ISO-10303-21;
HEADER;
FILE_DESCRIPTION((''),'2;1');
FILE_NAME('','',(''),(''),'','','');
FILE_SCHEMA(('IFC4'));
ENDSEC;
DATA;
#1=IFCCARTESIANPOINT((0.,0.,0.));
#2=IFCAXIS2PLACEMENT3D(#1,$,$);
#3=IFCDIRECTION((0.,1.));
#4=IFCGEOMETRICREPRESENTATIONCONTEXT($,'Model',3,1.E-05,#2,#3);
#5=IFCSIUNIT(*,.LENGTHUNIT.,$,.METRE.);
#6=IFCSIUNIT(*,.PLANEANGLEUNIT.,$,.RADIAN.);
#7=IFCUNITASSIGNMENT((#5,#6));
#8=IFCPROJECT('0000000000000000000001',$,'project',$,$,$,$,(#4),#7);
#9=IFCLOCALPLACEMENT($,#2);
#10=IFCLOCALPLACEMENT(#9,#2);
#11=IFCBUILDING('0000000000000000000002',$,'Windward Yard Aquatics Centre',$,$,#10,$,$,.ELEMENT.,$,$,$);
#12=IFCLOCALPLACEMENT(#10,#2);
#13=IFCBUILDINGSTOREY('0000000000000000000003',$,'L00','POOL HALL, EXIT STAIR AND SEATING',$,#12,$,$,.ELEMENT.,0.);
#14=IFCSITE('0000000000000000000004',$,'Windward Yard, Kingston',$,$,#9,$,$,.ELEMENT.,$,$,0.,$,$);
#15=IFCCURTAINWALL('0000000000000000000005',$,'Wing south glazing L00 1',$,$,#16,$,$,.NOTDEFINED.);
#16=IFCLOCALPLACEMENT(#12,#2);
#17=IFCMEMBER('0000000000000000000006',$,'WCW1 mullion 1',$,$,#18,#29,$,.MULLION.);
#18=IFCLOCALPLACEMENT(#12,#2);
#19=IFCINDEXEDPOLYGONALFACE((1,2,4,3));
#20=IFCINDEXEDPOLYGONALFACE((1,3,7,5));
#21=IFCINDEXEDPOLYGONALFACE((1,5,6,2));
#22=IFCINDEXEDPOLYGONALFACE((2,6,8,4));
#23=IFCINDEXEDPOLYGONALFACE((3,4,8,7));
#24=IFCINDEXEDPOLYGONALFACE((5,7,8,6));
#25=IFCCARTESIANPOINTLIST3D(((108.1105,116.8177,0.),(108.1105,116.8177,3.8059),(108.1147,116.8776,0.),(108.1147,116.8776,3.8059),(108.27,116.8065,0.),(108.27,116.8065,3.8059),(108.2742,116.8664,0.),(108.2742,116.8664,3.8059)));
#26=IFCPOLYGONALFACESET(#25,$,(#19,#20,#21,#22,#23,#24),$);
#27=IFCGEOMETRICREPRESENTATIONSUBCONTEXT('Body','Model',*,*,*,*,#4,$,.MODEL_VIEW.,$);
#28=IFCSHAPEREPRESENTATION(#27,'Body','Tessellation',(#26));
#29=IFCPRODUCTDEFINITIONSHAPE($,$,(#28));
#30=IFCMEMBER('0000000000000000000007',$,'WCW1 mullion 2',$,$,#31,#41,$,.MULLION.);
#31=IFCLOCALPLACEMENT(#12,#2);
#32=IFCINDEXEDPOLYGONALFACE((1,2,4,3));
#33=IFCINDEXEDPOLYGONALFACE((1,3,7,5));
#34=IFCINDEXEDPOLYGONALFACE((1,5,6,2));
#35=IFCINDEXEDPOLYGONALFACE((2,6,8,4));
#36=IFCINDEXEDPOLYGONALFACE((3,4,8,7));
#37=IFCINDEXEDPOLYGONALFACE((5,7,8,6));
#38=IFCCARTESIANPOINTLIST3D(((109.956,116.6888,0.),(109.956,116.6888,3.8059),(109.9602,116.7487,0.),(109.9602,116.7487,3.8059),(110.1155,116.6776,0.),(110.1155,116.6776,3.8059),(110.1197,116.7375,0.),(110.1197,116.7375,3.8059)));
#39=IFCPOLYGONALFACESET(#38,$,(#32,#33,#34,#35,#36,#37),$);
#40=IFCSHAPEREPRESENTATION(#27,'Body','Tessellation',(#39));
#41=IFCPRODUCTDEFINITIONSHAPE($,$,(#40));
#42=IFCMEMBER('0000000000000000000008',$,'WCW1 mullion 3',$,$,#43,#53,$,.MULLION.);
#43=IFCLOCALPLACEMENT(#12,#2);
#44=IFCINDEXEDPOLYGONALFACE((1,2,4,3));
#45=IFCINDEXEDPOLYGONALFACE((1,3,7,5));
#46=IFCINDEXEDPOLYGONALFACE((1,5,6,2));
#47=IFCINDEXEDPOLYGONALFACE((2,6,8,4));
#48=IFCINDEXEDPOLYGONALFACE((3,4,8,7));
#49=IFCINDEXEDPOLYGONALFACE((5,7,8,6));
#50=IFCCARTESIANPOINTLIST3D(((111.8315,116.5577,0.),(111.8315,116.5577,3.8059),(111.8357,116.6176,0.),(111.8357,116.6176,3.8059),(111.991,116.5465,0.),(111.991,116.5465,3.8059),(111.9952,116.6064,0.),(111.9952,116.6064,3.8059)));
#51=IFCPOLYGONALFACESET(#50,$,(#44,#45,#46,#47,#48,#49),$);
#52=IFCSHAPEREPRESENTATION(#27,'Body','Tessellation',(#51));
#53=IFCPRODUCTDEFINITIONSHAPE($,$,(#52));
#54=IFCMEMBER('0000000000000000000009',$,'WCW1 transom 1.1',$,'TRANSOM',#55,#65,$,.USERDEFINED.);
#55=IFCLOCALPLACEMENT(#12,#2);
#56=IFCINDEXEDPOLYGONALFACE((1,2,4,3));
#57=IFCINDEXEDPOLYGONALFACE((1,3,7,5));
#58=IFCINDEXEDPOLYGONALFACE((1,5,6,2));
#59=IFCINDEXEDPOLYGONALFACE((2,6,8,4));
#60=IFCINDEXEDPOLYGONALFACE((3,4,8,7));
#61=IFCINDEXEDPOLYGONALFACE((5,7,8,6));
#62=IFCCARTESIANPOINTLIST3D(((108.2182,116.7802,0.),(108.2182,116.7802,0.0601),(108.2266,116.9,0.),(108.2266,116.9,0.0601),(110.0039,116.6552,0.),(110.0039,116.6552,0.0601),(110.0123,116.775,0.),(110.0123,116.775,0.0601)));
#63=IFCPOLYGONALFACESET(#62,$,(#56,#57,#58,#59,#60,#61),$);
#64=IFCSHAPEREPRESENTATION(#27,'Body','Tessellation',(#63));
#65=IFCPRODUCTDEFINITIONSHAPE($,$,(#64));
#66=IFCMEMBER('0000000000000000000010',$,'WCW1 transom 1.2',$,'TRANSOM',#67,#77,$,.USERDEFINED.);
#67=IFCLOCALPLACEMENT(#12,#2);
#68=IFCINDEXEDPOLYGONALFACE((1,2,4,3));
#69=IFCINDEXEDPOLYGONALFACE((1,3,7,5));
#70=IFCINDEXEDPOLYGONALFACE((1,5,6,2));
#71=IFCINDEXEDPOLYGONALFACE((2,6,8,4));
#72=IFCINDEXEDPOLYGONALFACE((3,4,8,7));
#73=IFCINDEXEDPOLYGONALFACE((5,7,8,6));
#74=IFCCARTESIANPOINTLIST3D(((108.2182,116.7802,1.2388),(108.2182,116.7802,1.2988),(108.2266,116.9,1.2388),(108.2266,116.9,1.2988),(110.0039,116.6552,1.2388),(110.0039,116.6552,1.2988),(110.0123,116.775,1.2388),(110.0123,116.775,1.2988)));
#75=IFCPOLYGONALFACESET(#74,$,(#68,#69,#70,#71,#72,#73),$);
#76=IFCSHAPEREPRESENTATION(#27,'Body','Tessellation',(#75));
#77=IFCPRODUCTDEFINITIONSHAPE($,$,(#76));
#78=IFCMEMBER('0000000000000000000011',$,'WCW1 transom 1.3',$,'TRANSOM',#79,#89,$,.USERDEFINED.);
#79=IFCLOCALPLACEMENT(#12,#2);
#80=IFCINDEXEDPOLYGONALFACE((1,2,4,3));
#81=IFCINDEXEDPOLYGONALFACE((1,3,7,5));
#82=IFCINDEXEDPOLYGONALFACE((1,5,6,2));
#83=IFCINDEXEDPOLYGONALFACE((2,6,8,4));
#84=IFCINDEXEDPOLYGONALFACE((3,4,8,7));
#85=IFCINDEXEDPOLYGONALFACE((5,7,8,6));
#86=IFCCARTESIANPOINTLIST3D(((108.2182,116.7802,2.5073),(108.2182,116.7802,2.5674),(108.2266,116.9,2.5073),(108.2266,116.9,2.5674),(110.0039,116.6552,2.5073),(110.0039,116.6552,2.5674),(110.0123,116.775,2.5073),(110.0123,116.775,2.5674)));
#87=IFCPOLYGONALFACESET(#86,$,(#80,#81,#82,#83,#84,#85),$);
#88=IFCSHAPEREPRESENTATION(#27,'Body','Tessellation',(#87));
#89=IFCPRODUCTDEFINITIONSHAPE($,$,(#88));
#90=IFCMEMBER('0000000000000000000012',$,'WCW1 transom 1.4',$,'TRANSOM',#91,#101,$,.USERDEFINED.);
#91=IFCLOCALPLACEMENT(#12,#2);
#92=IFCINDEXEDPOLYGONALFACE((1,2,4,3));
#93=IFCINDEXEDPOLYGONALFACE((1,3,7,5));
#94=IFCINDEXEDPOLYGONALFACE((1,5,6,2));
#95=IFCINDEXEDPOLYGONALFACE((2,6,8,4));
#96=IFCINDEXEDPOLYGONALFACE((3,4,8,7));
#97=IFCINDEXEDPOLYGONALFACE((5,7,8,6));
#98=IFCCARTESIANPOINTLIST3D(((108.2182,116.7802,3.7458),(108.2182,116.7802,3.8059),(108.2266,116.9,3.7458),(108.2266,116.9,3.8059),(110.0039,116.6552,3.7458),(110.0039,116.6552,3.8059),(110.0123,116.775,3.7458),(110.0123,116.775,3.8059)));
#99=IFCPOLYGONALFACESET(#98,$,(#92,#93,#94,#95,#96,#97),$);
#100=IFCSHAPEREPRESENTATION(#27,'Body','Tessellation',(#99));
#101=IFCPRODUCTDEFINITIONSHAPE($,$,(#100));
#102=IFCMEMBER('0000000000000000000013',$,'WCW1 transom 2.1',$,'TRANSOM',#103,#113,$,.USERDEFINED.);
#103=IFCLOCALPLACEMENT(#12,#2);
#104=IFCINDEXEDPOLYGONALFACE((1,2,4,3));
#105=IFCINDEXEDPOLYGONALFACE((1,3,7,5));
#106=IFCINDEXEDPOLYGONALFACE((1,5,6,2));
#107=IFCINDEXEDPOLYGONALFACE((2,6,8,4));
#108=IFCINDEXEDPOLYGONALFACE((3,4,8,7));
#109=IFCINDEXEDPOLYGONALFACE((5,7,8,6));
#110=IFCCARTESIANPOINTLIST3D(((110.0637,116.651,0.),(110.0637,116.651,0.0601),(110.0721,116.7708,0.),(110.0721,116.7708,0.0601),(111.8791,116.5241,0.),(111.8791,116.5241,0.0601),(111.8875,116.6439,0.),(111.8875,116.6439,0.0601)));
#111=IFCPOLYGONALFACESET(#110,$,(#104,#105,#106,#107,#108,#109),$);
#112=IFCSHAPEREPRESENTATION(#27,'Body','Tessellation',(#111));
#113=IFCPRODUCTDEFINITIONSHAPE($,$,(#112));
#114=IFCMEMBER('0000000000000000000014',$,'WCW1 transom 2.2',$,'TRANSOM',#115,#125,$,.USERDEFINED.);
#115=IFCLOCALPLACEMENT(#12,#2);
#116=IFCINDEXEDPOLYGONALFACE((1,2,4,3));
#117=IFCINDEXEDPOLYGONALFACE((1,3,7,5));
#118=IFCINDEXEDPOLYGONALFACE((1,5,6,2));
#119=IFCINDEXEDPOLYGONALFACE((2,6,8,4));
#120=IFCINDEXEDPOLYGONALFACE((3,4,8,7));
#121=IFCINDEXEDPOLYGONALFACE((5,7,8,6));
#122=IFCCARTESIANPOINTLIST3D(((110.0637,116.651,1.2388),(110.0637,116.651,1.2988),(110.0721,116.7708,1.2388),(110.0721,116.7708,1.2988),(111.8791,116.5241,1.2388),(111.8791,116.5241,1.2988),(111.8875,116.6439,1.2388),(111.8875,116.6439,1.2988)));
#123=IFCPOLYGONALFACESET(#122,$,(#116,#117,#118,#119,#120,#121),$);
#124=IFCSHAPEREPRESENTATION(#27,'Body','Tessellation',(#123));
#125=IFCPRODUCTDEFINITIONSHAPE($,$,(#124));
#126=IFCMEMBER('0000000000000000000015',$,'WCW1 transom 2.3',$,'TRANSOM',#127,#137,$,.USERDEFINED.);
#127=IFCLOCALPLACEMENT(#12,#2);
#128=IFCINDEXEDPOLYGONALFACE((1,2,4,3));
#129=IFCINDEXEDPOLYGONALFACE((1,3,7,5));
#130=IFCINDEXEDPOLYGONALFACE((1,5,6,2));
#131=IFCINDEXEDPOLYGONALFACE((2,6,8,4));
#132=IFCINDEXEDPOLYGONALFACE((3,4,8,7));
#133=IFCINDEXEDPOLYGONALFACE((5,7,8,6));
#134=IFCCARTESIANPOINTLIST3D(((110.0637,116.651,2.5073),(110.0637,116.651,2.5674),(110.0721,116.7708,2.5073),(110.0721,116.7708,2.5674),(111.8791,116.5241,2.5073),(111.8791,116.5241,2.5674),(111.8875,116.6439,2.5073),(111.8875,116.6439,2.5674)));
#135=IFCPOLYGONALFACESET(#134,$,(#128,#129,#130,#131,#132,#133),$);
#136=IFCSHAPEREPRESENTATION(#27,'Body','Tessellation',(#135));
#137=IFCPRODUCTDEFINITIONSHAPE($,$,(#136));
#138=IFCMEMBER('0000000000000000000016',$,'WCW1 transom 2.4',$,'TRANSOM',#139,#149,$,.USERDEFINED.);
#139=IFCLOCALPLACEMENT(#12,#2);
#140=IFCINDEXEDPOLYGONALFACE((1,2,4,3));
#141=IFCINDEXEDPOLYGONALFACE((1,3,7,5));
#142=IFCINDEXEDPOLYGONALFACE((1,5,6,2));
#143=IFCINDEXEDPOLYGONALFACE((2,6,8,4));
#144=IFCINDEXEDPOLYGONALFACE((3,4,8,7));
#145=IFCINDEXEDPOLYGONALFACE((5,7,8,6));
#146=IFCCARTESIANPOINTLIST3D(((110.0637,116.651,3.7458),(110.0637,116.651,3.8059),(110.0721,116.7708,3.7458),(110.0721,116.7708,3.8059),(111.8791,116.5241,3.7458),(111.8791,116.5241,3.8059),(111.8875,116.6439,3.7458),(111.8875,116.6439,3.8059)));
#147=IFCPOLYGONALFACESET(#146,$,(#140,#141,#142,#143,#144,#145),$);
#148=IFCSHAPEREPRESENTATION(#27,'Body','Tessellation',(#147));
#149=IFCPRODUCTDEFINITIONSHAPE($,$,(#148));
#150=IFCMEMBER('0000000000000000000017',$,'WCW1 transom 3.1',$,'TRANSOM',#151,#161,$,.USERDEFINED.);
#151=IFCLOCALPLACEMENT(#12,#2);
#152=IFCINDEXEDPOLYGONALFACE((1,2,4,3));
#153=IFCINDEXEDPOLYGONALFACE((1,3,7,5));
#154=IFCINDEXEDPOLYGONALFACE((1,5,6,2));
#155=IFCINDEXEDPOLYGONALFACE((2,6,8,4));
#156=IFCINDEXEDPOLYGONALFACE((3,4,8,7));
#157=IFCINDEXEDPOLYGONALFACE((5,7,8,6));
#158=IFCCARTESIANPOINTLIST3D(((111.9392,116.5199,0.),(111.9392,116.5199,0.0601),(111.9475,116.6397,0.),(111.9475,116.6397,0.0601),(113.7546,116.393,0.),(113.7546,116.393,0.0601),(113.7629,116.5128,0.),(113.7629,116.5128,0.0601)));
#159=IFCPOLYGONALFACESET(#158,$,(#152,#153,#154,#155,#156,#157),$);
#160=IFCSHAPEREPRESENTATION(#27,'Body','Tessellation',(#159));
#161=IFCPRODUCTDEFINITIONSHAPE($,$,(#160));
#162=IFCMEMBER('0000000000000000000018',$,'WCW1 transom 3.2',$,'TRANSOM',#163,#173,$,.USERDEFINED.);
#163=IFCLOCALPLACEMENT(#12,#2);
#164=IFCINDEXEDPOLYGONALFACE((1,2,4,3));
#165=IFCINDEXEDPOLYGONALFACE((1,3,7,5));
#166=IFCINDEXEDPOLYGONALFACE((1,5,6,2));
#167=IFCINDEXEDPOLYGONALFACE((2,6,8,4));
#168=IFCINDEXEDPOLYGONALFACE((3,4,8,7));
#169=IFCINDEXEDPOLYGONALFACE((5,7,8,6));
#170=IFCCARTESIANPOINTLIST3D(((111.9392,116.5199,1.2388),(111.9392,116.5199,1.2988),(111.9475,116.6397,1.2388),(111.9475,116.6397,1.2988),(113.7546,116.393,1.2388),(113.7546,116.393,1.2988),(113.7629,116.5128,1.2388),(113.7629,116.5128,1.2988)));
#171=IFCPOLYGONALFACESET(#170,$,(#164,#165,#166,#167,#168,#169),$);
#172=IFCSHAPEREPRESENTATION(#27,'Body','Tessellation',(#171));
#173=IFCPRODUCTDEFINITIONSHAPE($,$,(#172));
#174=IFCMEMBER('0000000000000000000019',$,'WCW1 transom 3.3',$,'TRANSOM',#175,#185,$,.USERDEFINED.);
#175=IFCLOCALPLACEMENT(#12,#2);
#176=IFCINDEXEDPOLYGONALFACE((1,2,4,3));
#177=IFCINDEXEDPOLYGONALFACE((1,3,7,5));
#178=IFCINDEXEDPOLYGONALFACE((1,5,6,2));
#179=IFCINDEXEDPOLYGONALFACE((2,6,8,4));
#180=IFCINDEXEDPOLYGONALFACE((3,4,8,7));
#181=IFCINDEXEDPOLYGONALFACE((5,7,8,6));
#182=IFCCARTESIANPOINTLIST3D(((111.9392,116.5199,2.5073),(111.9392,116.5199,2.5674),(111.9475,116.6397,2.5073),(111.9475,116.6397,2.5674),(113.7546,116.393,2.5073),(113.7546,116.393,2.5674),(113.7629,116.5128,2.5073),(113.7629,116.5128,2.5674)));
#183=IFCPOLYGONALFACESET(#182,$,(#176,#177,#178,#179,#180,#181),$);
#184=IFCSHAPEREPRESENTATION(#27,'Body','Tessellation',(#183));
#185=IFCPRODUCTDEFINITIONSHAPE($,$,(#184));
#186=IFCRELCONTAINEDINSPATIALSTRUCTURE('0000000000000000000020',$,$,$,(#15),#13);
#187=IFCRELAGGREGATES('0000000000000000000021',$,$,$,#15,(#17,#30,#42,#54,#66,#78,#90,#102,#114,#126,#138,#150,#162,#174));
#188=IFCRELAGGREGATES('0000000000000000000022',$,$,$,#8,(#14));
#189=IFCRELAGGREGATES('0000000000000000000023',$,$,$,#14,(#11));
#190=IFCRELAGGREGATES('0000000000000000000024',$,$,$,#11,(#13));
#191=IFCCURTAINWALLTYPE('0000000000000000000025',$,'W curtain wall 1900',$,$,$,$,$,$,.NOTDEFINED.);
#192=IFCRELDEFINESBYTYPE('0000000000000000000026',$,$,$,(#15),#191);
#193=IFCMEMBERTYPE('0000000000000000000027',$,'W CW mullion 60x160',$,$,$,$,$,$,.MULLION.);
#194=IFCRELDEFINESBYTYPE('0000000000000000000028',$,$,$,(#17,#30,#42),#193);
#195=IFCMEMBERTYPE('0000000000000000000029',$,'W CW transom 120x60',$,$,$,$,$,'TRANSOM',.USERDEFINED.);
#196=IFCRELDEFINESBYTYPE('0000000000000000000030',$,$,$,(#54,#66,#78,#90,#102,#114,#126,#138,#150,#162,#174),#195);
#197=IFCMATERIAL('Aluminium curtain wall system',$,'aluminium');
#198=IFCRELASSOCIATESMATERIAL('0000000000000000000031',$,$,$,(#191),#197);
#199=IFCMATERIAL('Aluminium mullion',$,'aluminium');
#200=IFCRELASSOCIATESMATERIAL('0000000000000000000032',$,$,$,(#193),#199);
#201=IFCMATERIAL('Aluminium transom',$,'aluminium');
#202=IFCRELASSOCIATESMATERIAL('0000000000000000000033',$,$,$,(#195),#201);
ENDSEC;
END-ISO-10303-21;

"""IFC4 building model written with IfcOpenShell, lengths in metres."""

from ifc_helpers import new_model, si_unit, direction, frame, origin, origin_2d, place, context, subcontext, project, spatial, rectangle, extrude, material, material_profile, profile_set, type_object, element, aggregate, save


model = new_model("IFC4")

# Units and contexts
model_context = context("Model", 3, precision=1e-05, world=origin(), true_north=direction((0.0, 1.0)))
body_context = subcontext(model_context, "Body", "Model", "MODEL_VIEW")
ifc_project = project(units=[si_unit("LENGTHUNIT", "METRE"), si_unit("PLANEANGLEUNIT", "RADIAN")], contexts=[model_context])

# Site, building, storey
site_placement = place(None, origin())
site = spatial("IfcSite", under=ifc_project, at=site_placement, Name="Windward Yard, Kingston", CompositionType="ELEMENT", RefElevation=0.0)
building_placement = place(site_placement, origin())
building = spatial("IfcBuilding", under=site, at=building_placement, Name="Windward Yard Aquatics Centre", CompositionType="ELEMENT")
storey_placement = place(building_placement, origin())
storey = spatial("IfcBuildingStorey", under=building, at=storey_placement, Name="L00", Description="POOL HALL, EXIT STAIR AND SEATING", CompositionType="ELEMENT", Elevation=0.0)

# Curtain wall, members
ifc_material_1 = material(Name="Aluminium curtain wall system", Category="aluminium")
curtain_wall_type = type_object("IfcCurtainWallType", Name="W curtain wall 1900", PredefinedType="NOTDEFINED", material=ifc_material_1)
curtain_wall_placement = place(storey_placement, origin())
curtain_wall = element("IfcCurtainWall", 1, at=curtain_wall_placement, inside=storey, type_object=curtain_wall_type, Name="Wing south glazing L00 1", PredefinedType="NOTDEFINED")
ifc_material_2 = material(Name="Aluminium mullion", Category="aluminium")
ifc_material_profile_1 = material_profile(ifc_material_2, rectangle(XDim=0.0601, YDim=0.1599, at=origin_2d()), Name="AL 60x160")
ifc_profile_set_1 = profile_set([ifc_material_profile_1], Name="Aluminium mullion")
member_type_1 = type_object("IfcMemberType", Name="W CW mullion 60x160", PredefinedType="MULLION", material=ifc_profile_set_1)
member_1_placement = place(storey_placement, frame((108.1924, 116.842, 0.0), z_axis=(0.0, 0.0, 1.0), x_axis=(0.069755, 0.997564, 0.0)))
member_1 = element("IfcMember", 2, at=member_1_placement, type_object=member_type_1, Name="WCW1 mullion 1", PredefinedType="MULLION", context=body_context, shape_type="SweptSolid", body=[
    extrude(rectangle(XDim=0.0601, YDim=0.1599, at=origin_2d()), origin(), (0.0, 0.0, 1.0), 3.8059),
])
member_2_placement = place(storey_placement, frame((110.0378, 116.7131, 0.0), z_axis=(0.0, 0.0, 1.0), x_axis=(0.069755, 0.997564, 0.0)))
member_2 = element("IfcMember", 3, at=member_2_placement, type_object=member_type_1, Name="WCW1 mullion 2", PredefinedType="MULLION", context=body_context, shape_type="SweptSolid", body=[
    extrude(rectangle(XDim=0.0601, YDim=0.1599, at=origin_2d()), origin(), (0.0, 0.0, 1.0), 3.8059),
])
member_3_placement = place(storey_placement, frame((111.9133, 116.582, 0.0), z_axis=(0.0, 0.0, 1.0), x_axis=(0.069755, 0.997564, 0.0)))
member_3 = element("IfcMember", 4, at=member_3_placement, type_object=member_type_1, Name="WCW1 mullion 3", PredefinedType="MULLION", context=body_context, shape_type="SweptSolid", body=[
    extrude(rectangle(XDim=0.0601, YDim=0.1599, at=origin_2d()), origin(), (0.0, 0.0, 1.0), 3.8059),
])
ifc_material_3 = material(Name="Aluminium transom", Category="aluminium")
ifc_material_profile_2 = material_profile(ifc_material_3, rectangle(XDim=0.1201, YDim=0.0601, at=origin_2d()), Name="AL 120x60")
ifc_profile_set_2 = profile_set([ifc_material_profile_2], Name="Aluminium transom")
member_type_2 = type_object("IfcMemberType", Name="W CW transom 120x60", ElementType="TRANSOM", PredefinedType="USERDEFINED", material=ifc_profile_set_2)
member_4_placement = place(storey_placement, frame((108.2224, 116.8401, 0.03), z_axis=(0.997559, -0.069832, 0.0), x_axis=(0.069832, 0.997559, 0.0)))
member_4 = element("IfcMember", 5, at=member_4_placement, type_object=member_type_2, Name="WCW1 transom 1.1", ObjectType="TRANSOM", PredefinedType="USERDEFINED", context=body_context, shape_type="SweptSolid", body=[
    extrude(rectangle(XDim=0.1201, YDim=0.0601, at=origin_2d()), origin(), (0.0, 0.0, 1.0), 1.79),
])
member_5_placement = place(storey_placement, frame((108.2224, 116.8401, 1.2688), z_axis=(0.997559, -0.069832, 0.0), x_axis=(0.069832, 0.997559, 0.0)))
member_5 = element("IfcMember", 6, at=member_5_placement, type_object=member_type_2, Name="WCW1 transom 1.2", ObjectType="TRANSOM", PredefinedType="USERDEFINED", context=body_context, shape_type="SweptSolid", body=[
    extrude(rectangle(XDim=0.1201, YDim=0.0601, at=origin_2d()), origin(), (0.0, 0.0, 1.0), 1.79),
])
member_6_placement = place(storey_placement, frame((108.2224, 116.8401, 2.5374), z_axis=(0.997559, -0.069832, 0.0), x_axis=(0.069832, 0.997559, 0.0)))
member_6 = element("IfcMember", 7, at=member_6_placement, type_object=member_type_2, Name="WCW1 transom 1.3", ObjectType="TRANSOM", PredefinedType="USERDEFINED", context=body_context, shape_type="SweptSolid", body=[
    extrude(rectangle(XDim=0.1201, YDim=0.0601, at=origin_2d()), origin(), (0.0, 0.0, 1.0), 1.79),
])
member_7_placement = place(storey_placement, frame((108.2224, 116.8401, 3.7759), z_axis=(0.997559, -0.069832, 0.0), x_axis=(0.069832, 0.997559, 0.0)))
member_7 = element("IfcMember", 8, at=member_7_placement, type_object=member_type_2, Name="WCW1 transom 1.4", ObjectType="TRANSOM", PredefinedType="USERDEFINED", context=body_context, shape_type="SweptSolid", body=[
    extrude(rectangle(XDim=0.1201, YDim=0.0601, at=origin_2d()), origin(), (0.0, 0.0, 1.0), 1.79),
])
member_8_placement = place(storey_placement, frame((110.0679, 116.7109, 0.03), z_axis=(0.997564, -0.06976, 0.0), x_axis=(0.06976, 0.997564, 0.0)))
member_8 = element("IfcMember", 9, at=member_8_placement, type_object=member_type_2, Name="WCW1 transom 2.1", ObjectType="TRANSOM", PredefinedType="USERDEFINED", context=body_context, shape_type="SweptSolid", body=[
    extrude(rectangle(XDim=0.1201, YDim=0.0601, at=origin_2d()), origin(), (0.0, 0.0, 1.0), 1.8198),
])
member_9_placement = place(storey_placement, frame((110.0679, 116.7109, 1.2688), z_axis=(0.997564, -0.06976, 0.0), x_axis=(0.06976, 0.997564, 0.0)))
member_9 = element("IfcMember", 10, at=member_9_placement, type_object=member_type_2, Name="WCW1 transom 2.2", ObjectType="TRANSOM", PredefinedType="USERDEFINED", context=body_context, shape_type="SweptSolid", body=[
    extrude(rectangle(XDim=0.1201, YDim=0.0601, at=origin_2d()), origin(), (0.0, 0.0, 1.0), 1.8198),
])
member_10_placement = place(storey_placement, frame((110.0679, 116.7109, 2.5374), z_axis=(0.997564, -0.06976, 0.0), x_axis=(0.06976, 0.997564, 0.0)))
member_10 = element("IfcMember", 11, at=member_10_placement, type_object=member_type_2, Name="WCW1 transom 2.3", ObjectType="TRANSOM", PredefinedType="USERDEFINED", context=body_context, shape_type="SweptSolid", body=[
    extrude(rectangle(XDim=0.1201, YDim=0.0601, at=origin_2d()), origin(), (0.0, 0.0, 1.0), 1.8198),
])
member_11_placement = place(storey_placement, frame((110.0679, 116.7109, 3.7759), z_axis=(0.997564, -0.06976, 0.0), x_axis=(0.06976, 0.997564, 0.0)))
member_11 = element("IfcMember", 12, at=member_11_placement, type_object=member_type_2, Name="WCW1 transom 2.4", ObjectType="TRANSOM", PredefinedType="USERDEFINED", context=body_context, shape_type="SweptSolid", body=[
    extrude(rectangle(XDim=0.1201, YDim=0.0601, at=origin_2d()), origin(), (0.0, 0.0, 1.0), 1.8198),
])
member_12_placement = place(storey_placement, frame((111.9434, 116.5798, 0.03), z_axis=(0.997564, -0.06976, 0.0), x_axis=(0.06976, 0.997564, 0.0)))
member_12 = element("IfcMember", 13, at=member_12_placement, type_object=member_type_2, Name="WCW1 transom 3.1", ObjectType="TRANSOM", PredefinedType="USERDEFINED", context=body_context, shape_type="SweptSolid", body=[
    extrude(rectangle(XDim=0.1201, YDim=0.0601, at=origin_2d()), origin(), (0.0, 0.0, 1.0), 1.8198),
])
member_13_placement = place(storey_placement, frame((111.9434, 116.5798, 1.2688), z_axis=(0.997564, -0.06976, 0.0), x_axis=(0.06976, 0.997564, 0.0)))
member_13 = element("IfcMember", 14, at=member_13_placement, type_object=member_type_2, Name="WCW1 transom 3.2", ObjectType="TRANSOM", PredefinedType="USERDEFINED", context=body_context, shape_type="SweptSolid", body=[
    extrude(rectangle(XDim=0.1201, YDim=0.0601, at=origin_2d()), origin(), (0.0, 0.0, 1.0), 1.8198),
])
member_14_placement = place(storey_placement, frame((111.9434, 116.5798, 2.5374), z_axis=(0.997564, -0.06976, 0.0), x_axis=(0.06976, 0.997564, 0.0)))
member_14 = element("IfcMember", 15, at=member_14_placement, type_object=member_type_2, Name="WCW1 transom 3.3", ObjectType="TRANSOM", PredefinedType="USERDEFINED", context=body_context, shape_type="SweptSolid", body=[
    extrude(rectangle(XDim=0.1201, YDim=0.0601, at=origin_2d()), origin(), (0.0, 0.0, 1.0), 1.8198),
])
aggregate(curtain_wall, [member_1, member_2, member_3, member_4, member_5, member_6, member_7, member_8, member_9, member_10, member_11, member_12, member_13, member_14])

save(model, "model.ifc")
